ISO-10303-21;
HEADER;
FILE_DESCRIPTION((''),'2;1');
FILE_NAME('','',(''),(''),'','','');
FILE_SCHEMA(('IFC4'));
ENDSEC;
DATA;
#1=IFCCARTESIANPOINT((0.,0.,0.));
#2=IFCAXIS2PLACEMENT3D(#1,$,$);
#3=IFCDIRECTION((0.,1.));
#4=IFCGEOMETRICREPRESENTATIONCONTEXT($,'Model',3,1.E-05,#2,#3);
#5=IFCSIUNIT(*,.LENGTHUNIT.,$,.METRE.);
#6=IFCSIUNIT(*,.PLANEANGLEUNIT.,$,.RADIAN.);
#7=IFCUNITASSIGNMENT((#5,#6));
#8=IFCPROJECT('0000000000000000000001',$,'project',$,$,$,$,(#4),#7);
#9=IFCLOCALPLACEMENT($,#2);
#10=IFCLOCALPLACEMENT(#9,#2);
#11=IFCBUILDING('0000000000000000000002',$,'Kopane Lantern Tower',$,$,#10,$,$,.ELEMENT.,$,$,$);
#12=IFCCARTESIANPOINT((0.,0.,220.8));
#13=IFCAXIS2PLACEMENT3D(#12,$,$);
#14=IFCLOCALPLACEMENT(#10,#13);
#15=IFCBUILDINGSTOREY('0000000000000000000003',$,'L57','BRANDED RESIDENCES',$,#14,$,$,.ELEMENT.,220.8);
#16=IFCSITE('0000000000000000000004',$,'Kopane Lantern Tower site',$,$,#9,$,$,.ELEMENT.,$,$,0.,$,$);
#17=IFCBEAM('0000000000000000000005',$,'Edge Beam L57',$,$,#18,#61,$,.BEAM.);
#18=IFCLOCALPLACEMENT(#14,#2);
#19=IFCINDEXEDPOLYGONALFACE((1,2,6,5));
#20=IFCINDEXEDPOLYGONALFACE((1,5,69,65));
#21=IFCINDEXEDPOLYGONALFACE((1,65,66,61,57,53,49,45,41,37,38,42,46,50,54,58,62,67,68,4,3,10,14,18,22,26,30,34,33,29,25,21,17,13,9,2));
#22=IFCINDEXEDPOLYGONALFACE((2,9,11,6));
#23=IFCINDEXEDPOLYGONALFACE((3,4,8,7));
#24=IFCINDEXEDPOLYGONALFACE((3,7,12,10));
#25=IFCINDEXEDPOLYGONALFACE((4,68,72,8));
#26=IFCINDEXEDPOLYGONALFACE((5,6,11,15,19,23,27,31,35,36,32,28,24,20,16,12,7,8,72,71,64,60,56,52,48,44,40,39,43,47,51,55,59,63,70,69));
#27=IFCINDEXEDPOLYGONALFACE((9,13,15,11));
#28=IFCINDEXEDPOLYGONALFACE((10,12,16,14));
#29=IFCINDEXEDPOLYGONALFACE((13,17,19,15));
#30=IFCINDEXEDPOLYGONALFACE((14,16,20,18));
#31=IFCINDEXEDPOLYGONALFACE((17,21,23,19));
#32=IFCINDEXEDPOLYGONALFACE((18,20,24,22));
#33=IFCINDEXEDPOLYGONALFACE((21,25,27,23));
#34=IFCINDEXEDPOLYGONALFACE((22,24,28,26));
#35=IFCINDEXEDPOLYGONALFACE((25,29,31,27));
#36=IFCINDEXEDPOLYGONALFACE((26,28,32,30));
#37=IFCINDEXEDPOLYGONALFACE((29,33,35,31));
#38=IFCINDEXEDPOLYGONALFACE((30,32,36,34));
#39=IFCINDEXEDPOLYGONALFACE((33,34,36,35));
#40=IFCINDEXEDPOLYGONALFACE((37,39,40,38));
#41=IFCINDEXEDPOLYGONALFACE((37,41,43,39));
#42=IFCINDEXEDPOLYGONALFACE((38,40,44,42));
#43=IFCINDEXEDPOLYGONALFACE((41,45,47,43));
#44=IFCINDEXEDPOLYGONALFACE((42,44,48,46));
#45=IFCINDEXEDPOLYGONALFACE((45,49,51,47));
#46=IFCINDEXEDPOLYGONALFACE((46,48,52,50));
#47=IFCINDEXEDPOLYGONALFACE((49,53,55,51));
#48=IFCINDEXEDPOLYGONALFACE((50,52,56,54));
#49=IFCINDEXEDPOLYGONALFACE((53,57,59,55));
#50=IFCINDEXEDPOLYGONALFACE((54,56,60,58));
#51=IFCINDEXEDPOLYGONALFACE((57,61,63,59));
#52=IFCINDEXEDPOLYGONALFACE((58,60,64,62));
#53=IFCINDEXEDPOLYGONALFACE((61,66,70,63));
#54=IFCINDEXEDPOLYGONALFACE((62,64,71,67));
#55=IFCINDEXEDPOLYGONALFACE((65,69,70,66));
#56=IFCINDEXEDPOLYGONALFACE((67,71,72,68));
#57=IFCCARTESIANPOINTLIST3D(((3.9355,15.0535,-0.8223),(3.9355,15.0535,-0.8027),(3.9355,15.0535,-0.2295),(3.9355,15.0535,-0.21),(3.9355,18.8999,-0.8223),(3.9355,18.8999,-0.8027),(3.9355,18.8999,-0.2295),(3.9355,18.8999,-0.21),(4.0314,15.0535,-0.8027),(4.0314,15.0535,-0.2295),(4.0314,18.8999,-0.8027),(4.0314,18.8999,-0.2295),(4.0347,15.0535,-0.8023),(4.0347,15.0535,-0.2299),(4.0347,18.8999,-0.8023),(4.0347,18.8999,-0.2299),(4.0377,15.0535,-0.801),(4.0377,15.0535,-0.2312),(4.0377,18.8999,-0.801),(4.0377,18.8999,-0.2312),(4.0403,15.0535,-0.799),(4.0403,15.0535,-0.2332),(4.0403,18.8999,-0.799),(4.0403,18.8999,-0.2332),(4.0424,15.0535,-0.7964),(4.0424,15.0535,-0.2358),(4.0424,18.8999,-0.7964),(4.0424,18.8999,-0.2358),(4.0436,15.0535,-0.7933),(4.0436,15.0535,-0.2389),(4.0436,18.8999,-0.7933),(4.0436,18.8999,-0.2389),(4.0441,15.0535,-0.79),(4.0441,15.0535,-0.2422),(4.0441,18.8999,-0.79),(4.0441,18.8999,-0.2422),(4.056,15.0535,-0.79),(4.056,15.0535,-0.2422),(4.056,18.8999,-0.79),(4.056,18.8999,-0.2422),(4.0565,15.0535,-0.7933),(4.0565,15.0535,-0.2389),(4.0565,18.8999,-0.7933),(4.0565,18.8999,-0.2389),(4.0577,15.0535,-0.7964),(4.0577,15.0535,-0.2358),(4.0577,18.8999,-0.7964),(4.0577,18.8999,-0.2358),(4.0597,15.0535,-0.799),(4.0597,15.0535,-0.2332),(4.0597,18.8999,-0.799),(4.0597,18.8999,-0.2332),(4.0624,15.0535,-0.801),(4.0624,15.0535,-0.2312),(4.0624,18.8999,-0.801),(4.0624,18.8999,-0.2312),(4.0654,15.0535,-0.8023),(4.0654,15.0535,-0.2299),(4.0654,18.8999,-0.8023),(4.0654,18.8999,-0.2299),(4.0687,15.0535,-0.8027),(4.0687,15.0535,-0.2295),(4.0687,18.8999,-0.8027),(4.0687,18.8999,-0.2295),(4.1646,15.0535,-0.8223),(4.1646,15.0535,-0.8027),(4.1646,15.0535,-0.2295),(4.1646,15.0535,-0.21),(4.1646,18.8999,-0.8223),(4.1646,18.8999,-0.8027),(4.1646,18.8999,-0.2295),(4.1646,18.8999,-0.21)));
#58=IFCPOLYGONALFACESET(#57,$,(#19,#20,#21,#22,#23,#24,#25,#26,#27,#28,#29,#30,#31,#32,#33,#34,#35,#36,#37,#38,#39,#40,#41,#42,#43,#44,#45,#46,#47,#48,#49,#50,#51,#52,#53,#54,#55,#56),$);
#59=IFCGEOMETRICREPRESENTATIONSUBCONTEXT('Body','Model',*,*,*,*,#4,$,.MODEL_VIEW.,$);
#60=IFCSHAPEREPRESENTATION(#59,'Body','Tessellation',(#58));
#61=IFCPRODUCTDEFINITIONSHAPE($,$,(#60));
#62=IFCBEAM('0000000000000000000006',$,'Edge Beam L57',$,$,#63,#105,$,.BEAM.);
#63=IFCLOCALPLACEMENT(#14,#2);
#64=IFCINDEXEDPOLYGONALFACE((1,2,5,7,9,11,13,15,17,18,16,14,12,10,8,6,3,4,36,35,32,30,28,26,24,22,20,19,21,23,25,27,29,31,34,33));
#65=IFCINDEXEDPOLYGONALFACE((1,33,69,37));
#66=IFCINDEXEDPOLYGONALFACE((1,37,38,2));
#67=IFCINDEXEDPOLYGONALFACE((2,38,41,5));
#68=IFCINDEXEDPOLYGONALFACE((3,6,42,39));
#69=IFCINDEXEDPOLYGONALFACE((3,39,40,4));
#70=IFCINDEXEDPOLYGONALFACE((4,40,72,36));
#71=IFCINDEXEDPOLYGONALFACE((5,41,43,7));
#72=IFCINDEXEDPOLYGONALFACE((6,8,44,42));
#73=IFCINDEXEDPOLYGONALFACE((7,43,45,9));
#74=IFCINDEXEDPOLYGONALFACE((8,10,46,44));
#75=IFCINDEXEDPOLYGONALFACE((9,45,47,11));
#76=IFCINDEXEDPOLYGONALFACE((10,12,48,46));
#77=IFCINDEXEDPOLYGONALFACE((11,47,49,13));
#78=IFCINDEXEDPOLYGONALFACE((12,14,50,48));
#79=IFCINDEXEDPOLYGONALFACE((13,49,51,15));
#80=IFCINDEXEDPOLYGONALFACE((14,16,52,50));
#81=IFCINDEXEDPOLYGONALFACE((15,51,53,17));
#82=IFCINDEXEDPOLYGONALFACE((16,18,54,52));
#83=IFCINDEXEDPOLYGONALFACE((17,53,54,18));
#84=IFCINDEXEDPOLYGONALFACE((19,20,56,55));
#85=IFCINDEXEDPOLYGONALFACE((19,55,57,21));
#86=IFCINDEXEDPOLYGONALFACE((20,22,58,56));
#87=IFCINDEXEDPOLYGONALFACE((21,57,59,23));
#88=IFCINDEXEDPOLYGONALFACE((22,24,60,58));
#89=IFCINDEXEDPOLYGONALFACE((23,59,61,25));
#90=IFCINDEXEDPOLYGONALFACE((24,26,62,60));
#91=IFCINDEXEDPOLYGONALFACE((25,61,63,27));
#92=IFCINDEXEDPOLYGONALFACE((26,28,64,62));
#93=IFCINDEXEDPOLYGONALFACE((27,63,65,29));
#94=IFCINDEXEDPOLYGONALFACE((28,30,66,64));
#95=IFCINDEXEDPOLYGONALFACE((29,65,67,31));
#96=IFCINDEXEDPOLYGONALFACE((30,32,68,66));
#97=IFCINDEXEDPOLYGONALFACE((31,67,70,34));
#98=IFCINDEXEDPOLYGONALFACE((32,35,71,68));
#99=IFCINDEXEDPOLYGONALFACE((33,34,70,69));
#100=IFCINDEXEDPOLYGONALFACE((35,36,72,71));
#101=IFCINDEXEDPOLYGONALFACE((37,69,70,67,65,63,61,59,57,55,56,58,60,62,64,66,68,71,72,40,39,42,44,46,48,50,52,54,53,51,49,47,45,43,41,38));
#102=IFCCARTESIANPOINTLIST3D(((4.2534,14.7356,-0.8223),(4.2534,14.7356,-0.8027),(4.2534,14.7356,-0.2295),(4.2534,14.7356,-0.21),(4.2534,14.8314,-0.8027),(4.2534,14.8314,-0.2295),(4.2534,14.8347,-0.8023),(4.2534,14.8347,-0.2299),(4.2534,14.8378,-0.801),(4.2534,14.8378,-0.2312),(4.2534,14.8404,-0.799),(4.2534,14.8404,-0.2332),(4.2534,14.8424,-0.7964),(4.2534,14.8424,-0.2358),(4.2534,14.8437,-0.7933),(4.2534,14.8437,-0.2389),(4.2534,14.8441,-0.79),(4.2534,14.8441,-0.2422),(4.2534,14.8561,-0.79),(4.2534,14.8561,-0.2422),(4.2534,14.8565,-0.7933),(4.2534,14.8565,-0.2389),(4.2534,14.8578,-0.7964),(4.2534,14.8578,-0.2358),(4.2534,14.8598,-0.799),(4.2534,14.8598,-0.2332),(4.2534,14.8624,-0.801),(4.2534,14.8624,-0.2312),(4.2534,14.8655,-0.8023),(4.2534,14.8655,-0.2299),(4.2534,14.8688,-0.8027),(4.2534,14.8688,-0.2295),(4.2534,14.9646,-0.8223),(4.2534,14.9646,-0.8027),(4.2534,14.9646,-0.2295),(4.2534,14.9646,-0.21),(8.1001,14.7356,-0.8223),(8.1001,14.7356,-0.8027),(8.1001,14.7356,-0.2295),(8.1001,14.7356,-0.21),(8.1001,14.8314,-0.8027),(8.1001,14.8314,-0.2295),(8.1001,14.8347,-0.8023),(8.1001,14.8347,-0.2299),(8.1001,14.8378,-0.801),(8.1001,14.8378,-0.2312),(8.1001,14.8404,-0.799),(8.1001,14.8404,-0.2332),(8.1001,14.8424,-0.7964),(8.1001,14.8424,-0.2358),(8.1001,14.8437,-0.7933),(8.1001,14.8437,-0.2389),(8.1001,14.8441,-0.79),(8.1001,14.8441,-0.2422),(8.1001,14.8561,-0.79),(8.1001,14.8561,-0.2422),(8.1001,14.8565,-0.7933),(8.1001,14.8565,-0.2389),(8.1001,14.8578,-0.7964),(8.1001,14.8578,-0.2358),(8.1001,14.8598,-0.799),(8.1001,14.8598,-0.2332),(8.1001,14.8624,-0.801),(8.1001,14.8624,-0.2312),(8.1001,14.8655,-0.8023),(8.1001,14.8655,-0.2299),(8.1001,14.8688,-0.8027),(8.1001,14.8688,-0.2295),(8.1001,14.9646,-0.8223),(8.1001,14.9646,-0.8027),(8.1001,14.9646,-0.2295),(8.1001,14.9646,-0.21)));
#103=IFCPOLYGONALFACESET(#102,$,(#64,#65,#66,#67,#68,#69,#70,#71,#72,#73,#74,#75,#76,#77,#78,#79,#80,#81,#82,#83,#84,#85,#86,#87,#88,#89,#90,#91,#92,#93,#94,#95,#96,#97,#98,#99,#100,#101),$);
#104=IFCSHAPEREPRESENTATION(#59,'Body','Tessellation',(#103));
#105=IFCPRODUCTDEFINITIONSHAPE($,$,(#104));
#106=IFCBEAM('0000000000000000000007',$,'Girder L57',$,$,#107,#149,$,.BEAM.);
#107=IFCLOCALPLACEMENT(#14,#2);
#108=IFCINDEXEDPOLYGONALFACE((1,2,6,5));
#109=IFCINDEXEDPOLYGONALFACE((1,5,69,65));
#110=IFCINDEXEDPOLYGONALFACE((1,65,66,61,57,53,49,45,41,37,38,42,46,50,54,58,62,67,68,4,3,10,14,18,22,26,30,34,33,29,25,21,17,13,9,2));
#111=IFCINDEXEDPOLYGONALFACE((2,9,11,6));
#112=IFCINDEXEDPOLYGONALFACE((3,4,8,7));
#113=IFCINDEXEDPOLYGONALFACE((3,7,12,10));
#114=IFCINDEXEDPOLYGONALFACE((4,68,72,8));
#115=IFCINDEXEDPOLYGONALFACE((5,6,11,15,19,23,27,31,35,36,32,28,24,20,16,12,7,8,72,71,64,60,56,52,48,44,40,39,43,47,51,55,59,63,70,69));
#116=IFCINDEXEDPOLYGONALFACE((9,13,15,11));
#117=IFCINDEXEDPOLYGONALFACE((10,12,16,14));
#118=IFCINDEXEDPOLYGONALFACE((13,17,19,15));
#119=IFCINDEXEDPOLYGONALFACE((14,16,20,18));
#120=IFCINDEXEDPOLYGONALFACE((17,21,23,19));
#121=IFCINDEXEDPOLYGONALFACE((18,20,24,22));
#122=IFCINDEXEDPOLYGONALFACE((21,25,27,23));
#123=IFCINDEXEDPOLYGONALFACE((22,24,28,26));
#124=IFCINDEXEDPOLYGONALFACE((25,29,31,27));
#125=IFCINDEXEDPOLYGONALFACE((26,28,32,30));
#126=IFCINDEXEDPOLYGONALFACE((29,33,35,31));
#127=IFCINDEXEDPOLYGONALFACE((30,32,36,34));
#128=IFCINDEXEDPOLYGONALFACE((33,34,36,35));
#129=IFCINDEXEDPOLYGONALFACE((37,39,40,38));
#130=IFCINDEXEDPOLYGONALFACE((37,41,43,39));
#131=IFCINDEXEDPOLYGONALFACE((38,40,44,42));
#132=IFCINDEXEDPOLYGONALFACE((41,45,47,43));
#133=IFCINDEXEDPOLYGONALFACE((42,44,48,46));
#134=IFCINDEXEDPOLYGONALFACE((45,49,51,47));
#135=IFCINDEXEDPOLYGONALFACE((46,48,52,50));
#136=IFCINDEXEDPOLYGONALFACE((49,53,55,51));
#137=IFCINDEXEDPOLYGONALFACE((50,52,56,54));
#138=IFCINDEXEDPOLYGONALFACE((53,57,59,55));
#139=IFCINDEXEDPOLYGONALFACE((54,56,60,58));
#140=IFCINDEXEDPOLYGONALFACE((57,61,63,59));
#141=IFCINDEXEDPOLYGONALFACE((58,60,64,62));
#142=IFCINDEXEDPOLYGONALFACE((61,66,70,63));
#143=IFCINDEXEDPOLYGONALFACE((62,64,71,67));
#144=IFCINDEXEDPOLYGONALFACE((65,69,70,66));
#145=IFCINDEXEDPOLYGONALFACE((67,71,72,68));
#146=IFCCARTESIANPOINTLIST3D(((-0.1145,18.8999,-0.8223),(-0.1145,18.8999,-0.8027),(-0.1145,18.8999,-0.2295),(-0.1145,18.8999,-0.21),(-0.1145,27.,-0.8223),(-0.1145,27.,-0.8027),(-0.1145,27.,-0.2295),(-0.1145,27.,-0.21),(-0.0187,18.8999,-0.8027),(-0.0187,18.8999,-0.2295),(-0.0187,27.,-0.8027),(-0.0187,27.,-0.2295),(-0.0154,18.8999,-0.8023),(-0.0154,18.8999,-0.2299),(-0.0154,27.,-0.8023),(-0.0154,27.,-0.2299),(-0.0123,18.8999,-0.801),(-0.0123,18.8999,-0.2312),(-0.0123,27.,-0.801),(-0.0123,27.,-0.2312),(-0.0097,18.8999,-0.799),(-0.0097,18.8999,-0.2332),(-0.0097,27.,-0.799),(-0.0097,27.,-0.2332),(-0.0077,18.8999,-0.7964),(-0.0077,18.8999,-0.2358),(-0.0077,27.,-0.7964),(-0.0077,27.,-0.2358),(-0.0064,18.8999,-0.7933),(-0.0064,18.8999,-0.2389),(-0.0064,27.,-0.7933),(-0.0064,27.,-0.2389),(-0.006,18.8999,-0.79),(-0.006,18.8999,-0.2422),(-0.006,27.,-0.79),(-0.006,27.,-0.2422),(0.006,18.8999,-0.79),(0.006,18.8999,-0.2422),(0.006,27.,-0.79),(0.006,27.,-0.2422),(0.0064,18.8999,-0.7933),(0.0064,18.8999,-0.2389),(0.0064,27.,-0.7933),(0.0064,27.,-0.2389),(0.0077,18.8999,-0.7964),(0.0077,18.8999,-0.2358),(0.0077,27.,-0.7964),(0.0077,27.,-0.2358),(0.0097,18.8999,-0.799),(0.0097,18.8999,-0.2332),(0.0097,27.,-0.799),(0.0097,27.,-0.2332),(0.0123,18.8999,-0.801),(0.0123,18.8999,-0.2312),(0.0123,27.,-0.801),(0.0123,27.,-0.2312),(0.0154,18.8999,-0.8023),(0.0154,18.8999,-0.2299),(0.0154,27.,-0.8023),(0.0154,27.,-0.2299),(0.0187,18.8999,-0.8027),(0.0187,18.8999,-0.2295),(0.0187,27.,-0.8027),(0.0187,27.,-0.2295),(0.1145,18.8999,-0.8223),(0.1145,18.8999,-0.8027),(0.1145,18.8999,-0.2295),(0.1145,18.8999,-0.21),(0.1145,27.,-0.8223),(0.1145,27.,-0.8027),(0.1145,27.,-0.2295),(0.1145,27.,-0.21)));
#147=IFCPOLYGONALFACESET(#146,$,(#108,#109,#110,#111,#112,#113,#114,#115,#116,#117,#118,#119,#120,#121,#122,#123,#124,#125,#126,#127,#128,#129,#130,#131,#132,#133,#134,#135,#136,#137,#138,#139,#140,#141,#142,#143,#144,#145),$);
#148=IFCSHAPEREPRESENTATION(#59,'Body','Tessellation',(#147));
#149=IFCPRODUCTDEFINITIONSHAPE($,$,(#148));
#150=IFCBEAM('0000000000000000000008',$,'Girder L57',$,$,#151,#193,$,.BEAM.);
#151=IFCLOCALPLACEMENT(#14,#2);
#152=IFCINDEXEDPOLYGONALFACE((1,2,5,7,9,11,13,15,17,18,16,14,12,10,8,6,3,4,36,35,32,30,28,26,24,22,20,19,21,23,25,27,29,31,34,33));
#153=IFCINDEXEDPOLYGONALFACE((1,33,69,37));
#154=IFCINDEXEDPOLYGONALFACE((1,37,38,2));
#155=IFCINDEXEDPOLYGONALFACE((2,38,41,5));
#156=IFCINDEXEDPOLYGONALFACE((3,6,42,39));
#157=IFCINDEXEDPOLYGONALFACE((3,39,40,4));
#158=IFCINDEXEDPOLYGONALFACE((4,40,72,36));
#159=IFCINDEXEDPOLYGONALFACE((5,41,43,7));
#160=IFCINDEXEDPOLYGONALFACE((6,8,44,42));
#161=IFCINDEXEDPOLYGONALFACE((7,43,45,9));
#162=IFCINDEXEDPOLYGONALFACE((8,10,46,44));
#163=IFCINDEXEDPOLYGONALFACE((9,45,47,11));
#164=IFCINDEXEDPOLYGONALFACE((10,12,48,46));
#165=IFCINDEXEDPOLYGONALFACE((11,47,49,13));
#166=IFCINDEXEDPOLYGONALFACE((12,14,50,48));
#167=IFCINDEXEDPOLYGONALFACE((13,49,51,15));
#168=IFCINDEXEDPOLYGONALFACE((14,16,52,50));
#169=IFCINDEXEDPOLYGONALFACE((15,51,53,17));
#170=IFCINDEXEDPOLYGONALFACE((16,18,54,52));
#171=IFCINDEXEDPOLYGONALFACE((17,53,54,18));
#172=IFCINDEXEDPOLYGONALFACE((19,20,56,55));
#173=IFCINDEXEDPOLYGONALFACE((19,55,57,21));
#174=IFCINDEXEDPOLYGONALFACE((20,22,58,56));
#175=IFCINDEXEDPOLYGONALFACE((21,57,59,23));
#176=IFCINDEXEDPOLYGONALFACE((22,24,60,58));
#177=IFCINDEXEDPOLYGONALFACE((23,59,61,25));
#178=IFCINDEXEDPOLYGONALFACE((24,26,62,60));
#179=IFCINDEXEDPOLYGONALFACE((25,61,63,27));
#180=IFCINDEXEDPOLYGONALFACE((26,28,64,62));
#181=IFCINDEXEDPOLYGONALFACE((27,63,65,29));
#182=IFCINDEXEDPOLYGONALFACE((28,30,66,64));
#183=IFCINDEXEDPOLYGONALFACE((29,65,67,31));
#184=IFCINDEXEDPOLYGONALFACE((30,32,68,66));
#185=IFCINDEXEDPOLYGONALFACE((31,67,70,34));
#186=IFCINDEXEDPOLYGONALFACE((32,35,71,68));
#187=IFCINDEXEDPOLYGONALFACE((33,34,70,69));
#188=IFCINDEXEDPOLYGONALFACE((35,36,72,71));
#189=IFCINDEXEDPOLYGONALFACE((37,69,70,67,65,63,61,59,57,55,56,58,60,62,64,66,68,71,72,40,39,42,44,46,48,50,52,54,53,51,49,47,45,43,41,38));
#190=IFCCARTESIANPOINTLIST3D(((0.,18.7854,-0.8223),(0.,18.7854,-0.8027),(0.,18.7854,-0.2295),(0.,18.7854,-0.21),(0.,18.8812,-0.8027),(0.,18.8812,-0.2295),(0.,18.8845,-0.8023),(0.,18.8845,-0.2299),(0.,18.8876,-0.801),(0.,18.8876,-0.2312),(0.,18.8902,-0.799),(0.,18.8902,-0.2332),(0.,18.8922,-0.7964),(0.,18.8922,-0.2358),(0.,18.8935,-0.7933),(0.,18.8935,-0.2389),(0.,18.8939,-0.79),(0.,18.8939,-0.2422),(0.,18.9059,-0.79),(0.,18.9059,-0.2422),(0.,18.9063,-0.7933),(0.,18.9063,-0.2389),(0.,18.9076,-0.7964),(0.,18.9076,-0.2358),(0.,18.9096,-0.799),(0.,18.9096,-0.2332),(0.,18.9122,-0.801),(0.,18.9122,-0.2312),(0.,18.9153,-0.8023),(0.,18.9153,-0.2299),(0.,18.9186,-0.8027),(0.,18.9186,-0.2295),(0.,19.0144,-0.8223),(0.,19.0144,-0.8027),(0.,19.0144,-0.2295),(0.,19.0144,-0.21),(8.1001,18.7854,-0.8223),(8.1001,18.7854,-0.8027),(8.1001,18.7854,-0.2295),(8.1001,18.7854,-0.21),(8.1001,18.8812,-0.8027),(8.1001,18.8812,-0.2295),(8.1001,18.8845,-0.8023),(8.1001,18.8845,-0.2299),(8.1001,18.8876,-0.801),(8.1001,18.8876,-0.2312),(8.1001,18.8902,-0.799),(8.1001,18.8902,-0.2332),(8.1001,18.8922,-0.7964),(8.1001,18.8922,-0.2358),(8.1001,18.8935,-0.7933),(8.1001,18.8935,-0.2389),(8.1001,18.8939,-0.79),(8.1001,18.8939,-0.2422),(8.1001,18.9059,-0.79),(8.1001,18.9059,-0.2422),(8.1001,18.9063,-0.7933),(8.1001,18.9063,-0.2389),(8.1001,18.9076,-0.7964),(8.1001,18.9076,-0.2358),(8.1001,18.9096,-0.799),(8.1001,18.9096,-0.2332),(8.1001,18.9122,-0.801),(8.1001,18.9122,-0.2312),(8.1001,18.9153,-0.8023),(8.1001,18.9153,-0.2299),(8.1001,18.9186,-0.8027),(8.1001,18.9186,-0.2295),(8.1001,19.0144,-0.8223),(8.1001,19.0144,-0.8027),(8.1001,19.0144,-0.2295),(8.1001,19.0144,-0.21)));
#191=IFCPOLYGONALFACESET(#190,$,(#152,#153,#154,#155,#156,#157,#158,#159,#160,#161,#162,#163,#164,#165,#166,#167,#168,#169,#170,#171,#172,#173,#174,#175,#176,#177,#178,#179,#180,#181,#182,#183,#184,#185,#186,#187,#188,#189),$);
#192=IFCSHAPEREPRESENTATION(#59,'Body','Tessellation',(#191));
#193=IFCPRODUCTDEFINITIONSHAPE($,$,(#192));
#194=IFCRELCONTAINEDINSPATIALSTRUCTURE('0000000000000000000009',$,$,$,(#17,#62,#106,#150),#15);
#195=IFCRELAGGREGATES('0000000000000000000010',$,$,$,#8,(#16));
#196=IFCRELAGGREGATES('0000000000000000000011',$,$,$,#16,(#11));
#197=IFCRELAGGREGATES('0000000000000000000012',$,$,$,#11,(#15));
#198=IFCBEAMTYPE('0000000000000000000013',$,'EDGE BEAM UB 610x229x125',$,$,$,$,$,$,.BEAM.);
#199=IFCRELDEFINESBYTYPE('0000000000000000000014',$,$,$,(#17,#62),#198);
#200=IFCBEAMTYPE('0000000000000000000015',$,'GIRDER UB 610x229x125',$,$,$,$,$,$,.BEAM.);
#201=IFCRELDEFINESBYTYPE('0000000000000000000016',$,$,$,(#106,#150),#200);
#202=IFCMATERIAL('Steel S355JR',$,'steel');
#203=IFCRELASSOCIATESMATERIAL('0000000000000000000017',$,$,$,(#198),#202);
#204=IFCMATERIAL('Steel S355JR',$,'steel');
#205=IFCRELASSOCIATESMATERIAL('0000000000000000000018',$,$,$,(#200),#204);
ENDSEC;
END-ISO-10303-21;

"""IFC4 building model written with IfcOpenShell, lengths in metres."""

from ifc_helpers import new_model, si_unit, direction, frame, origin, origin_2d, place, context, subcontext, project, spatial, i_section, extrude, material, material_profile, profile_set, type_object, element, save


model = new_model("IFC4")

# Units and contexts
model_context = context("Model", 3, precision=1e-05, world=origin(), true_north=direction((0.0, 1.0)))
body_context = subcontext(model_context, "Body", "Model", "MODEL_VIEW")
ifc_project = project(units=[si_unit("LENGTHUNIT", "METRE"), si_unit("PLANEANGLEUNIT", "RADIAN")], contexts=[model_context])

# Site, building, storey
site_placement = place(None, origin())
site = spatial("IfcSite", under=ifc_project, at=site_placement, Name="Kopane Lantern Tower site", CompositionType="ELEMENT", RefElevation=0.0)
building_placement = place(site_placement, origin())
building = spatial("IfcBuilding", under=site, at=building_placement, Name="Kopane Lantern Tower", CompositionType="ELEMENT")
storey_placement = place(building_placement, frame((0.0, 0.0, 220.8)))
storey = spatial("IfcBuildingStorey", under=building, at=storey_placement, Name="L57", Description="BRANDED RESIDENCES", CompositionType="ELEMENT", Elevation=220.8)

# Beams
ifc_material_1 = material(Name="Steel S355JR", Category="steel")
ifc_material_profile_1 = material_profile(ifc_material_1, i_section(OverallWidth=0.229, OverallDepth=0.6123, WebThickness=0.012, FlangeThickness=0.0195, FilletRadius=0.0127, at=origin_2d()), Name="UB 610x229x125")
ifc_profile_set_1 = profile_set([ifc_material_profile_1], Name="Steel S355JR")
beam_type_1 = type_object("IfcBeamType", Name="EDGE BEAM UB 610x229x125", PredefinedType="BEAM", material=ifc_profile_set_1)
beam_1_placement = place(storey_placement, frame((4.05, 15.0535, -0.5161), z_axis=(0.0, 1.0, 0.0), x_axis=(-1.0, 0.0, 0.0)))
element("IfcBeam", 1, at=beam_1_placement, inside=storey, type_object=beam_type_1, Name="Edge Beam L57", PredefinedType="BEAM", context=body_context, shape_type="SweptSolid", body=[
    extrude(i_section(OverallWidth=0.229, OverallDepth=0.6123, WebThickness=0.012, FlangeThickness=0.0195, FilletRadius=0.0127, at=origin_2d()), origin(), (0.0, 0.0, 1.0), 3.8464),
])
beam_2_placement = place(storey_placement, frame((4.2534, 14.8501, -0.5161), z_axis=(1.0, 0.0, 0.0), x_axis=(0.0, 1.0, 0.0)))
element("IfcBeam", 2, at=beam_2_placement, inside=storey, type_object=beam_type_1, Name="Edge Beam L57", PredefinedType="BEAM", context=body_context, shape_type="SweptSolid", body=[
    extrude(i_section(OverallWidth=0.229, OverallDepth=0.6123, WebThickness=0.012, FlangeThickness=0.0195, FilletRadius=0.0127, at=origin_2d()), origin(), (0.0, 0.0, 1.0), 3.8467),
])
ifc_material_2 = material(Name="Steel S355JR", Category="steel")
ifc_material_profile_2 = material_profile(ifc_material_2, i_section(OverallWidth=0.229, OverallDepth=0.6123, WebThickness=0.012, FlangeThickness=0.0195, FilletRadius=0.0127, at=origin_2d()), Name="UB 610x229x125")
ifc_profile_set_2 = profile_set([ifc_material_profile_2], Name="Steel S355JR")
beam_type_2 = type_object("IfcBeamType", Name="GIRDER UB 610x229x125", PredefinedType="BEAM", material=ifc_profile_set_2)
for number, where, z_axis, x_axis, name in (
    (3, (0.0, 18.8999, -0.5161), (0.0, 1.0, 0.0), (-1.0, 0.0, 0.0), "Girder L57"),
    (4, (0.0, 18.8999, -0.5161), (1.0, 0.0, 0.0), (0.0, 1.0, 0.0), "Girder L57"),
):
    element("IfcBeam", number, at=place(storey_placement, frame(where, z_axis=z_axis, x_axis=x_axis)), inside=storey, type_object=beam_type_2, Name=name, PredefinedType="BEAM", context=body_context, shape_type="SweptSolid", body=[
        extrude(i_section(OverallWidth=0.229, OverallDepth=0.6123, WebThickness=0.012, FlangeThickness=0.0195, FilletRadius=0.0127, at=origin_2d()), origin(), (0.0, 0.0, 1.0), 8.1001),
    ])

save(model, "model.ifc")
